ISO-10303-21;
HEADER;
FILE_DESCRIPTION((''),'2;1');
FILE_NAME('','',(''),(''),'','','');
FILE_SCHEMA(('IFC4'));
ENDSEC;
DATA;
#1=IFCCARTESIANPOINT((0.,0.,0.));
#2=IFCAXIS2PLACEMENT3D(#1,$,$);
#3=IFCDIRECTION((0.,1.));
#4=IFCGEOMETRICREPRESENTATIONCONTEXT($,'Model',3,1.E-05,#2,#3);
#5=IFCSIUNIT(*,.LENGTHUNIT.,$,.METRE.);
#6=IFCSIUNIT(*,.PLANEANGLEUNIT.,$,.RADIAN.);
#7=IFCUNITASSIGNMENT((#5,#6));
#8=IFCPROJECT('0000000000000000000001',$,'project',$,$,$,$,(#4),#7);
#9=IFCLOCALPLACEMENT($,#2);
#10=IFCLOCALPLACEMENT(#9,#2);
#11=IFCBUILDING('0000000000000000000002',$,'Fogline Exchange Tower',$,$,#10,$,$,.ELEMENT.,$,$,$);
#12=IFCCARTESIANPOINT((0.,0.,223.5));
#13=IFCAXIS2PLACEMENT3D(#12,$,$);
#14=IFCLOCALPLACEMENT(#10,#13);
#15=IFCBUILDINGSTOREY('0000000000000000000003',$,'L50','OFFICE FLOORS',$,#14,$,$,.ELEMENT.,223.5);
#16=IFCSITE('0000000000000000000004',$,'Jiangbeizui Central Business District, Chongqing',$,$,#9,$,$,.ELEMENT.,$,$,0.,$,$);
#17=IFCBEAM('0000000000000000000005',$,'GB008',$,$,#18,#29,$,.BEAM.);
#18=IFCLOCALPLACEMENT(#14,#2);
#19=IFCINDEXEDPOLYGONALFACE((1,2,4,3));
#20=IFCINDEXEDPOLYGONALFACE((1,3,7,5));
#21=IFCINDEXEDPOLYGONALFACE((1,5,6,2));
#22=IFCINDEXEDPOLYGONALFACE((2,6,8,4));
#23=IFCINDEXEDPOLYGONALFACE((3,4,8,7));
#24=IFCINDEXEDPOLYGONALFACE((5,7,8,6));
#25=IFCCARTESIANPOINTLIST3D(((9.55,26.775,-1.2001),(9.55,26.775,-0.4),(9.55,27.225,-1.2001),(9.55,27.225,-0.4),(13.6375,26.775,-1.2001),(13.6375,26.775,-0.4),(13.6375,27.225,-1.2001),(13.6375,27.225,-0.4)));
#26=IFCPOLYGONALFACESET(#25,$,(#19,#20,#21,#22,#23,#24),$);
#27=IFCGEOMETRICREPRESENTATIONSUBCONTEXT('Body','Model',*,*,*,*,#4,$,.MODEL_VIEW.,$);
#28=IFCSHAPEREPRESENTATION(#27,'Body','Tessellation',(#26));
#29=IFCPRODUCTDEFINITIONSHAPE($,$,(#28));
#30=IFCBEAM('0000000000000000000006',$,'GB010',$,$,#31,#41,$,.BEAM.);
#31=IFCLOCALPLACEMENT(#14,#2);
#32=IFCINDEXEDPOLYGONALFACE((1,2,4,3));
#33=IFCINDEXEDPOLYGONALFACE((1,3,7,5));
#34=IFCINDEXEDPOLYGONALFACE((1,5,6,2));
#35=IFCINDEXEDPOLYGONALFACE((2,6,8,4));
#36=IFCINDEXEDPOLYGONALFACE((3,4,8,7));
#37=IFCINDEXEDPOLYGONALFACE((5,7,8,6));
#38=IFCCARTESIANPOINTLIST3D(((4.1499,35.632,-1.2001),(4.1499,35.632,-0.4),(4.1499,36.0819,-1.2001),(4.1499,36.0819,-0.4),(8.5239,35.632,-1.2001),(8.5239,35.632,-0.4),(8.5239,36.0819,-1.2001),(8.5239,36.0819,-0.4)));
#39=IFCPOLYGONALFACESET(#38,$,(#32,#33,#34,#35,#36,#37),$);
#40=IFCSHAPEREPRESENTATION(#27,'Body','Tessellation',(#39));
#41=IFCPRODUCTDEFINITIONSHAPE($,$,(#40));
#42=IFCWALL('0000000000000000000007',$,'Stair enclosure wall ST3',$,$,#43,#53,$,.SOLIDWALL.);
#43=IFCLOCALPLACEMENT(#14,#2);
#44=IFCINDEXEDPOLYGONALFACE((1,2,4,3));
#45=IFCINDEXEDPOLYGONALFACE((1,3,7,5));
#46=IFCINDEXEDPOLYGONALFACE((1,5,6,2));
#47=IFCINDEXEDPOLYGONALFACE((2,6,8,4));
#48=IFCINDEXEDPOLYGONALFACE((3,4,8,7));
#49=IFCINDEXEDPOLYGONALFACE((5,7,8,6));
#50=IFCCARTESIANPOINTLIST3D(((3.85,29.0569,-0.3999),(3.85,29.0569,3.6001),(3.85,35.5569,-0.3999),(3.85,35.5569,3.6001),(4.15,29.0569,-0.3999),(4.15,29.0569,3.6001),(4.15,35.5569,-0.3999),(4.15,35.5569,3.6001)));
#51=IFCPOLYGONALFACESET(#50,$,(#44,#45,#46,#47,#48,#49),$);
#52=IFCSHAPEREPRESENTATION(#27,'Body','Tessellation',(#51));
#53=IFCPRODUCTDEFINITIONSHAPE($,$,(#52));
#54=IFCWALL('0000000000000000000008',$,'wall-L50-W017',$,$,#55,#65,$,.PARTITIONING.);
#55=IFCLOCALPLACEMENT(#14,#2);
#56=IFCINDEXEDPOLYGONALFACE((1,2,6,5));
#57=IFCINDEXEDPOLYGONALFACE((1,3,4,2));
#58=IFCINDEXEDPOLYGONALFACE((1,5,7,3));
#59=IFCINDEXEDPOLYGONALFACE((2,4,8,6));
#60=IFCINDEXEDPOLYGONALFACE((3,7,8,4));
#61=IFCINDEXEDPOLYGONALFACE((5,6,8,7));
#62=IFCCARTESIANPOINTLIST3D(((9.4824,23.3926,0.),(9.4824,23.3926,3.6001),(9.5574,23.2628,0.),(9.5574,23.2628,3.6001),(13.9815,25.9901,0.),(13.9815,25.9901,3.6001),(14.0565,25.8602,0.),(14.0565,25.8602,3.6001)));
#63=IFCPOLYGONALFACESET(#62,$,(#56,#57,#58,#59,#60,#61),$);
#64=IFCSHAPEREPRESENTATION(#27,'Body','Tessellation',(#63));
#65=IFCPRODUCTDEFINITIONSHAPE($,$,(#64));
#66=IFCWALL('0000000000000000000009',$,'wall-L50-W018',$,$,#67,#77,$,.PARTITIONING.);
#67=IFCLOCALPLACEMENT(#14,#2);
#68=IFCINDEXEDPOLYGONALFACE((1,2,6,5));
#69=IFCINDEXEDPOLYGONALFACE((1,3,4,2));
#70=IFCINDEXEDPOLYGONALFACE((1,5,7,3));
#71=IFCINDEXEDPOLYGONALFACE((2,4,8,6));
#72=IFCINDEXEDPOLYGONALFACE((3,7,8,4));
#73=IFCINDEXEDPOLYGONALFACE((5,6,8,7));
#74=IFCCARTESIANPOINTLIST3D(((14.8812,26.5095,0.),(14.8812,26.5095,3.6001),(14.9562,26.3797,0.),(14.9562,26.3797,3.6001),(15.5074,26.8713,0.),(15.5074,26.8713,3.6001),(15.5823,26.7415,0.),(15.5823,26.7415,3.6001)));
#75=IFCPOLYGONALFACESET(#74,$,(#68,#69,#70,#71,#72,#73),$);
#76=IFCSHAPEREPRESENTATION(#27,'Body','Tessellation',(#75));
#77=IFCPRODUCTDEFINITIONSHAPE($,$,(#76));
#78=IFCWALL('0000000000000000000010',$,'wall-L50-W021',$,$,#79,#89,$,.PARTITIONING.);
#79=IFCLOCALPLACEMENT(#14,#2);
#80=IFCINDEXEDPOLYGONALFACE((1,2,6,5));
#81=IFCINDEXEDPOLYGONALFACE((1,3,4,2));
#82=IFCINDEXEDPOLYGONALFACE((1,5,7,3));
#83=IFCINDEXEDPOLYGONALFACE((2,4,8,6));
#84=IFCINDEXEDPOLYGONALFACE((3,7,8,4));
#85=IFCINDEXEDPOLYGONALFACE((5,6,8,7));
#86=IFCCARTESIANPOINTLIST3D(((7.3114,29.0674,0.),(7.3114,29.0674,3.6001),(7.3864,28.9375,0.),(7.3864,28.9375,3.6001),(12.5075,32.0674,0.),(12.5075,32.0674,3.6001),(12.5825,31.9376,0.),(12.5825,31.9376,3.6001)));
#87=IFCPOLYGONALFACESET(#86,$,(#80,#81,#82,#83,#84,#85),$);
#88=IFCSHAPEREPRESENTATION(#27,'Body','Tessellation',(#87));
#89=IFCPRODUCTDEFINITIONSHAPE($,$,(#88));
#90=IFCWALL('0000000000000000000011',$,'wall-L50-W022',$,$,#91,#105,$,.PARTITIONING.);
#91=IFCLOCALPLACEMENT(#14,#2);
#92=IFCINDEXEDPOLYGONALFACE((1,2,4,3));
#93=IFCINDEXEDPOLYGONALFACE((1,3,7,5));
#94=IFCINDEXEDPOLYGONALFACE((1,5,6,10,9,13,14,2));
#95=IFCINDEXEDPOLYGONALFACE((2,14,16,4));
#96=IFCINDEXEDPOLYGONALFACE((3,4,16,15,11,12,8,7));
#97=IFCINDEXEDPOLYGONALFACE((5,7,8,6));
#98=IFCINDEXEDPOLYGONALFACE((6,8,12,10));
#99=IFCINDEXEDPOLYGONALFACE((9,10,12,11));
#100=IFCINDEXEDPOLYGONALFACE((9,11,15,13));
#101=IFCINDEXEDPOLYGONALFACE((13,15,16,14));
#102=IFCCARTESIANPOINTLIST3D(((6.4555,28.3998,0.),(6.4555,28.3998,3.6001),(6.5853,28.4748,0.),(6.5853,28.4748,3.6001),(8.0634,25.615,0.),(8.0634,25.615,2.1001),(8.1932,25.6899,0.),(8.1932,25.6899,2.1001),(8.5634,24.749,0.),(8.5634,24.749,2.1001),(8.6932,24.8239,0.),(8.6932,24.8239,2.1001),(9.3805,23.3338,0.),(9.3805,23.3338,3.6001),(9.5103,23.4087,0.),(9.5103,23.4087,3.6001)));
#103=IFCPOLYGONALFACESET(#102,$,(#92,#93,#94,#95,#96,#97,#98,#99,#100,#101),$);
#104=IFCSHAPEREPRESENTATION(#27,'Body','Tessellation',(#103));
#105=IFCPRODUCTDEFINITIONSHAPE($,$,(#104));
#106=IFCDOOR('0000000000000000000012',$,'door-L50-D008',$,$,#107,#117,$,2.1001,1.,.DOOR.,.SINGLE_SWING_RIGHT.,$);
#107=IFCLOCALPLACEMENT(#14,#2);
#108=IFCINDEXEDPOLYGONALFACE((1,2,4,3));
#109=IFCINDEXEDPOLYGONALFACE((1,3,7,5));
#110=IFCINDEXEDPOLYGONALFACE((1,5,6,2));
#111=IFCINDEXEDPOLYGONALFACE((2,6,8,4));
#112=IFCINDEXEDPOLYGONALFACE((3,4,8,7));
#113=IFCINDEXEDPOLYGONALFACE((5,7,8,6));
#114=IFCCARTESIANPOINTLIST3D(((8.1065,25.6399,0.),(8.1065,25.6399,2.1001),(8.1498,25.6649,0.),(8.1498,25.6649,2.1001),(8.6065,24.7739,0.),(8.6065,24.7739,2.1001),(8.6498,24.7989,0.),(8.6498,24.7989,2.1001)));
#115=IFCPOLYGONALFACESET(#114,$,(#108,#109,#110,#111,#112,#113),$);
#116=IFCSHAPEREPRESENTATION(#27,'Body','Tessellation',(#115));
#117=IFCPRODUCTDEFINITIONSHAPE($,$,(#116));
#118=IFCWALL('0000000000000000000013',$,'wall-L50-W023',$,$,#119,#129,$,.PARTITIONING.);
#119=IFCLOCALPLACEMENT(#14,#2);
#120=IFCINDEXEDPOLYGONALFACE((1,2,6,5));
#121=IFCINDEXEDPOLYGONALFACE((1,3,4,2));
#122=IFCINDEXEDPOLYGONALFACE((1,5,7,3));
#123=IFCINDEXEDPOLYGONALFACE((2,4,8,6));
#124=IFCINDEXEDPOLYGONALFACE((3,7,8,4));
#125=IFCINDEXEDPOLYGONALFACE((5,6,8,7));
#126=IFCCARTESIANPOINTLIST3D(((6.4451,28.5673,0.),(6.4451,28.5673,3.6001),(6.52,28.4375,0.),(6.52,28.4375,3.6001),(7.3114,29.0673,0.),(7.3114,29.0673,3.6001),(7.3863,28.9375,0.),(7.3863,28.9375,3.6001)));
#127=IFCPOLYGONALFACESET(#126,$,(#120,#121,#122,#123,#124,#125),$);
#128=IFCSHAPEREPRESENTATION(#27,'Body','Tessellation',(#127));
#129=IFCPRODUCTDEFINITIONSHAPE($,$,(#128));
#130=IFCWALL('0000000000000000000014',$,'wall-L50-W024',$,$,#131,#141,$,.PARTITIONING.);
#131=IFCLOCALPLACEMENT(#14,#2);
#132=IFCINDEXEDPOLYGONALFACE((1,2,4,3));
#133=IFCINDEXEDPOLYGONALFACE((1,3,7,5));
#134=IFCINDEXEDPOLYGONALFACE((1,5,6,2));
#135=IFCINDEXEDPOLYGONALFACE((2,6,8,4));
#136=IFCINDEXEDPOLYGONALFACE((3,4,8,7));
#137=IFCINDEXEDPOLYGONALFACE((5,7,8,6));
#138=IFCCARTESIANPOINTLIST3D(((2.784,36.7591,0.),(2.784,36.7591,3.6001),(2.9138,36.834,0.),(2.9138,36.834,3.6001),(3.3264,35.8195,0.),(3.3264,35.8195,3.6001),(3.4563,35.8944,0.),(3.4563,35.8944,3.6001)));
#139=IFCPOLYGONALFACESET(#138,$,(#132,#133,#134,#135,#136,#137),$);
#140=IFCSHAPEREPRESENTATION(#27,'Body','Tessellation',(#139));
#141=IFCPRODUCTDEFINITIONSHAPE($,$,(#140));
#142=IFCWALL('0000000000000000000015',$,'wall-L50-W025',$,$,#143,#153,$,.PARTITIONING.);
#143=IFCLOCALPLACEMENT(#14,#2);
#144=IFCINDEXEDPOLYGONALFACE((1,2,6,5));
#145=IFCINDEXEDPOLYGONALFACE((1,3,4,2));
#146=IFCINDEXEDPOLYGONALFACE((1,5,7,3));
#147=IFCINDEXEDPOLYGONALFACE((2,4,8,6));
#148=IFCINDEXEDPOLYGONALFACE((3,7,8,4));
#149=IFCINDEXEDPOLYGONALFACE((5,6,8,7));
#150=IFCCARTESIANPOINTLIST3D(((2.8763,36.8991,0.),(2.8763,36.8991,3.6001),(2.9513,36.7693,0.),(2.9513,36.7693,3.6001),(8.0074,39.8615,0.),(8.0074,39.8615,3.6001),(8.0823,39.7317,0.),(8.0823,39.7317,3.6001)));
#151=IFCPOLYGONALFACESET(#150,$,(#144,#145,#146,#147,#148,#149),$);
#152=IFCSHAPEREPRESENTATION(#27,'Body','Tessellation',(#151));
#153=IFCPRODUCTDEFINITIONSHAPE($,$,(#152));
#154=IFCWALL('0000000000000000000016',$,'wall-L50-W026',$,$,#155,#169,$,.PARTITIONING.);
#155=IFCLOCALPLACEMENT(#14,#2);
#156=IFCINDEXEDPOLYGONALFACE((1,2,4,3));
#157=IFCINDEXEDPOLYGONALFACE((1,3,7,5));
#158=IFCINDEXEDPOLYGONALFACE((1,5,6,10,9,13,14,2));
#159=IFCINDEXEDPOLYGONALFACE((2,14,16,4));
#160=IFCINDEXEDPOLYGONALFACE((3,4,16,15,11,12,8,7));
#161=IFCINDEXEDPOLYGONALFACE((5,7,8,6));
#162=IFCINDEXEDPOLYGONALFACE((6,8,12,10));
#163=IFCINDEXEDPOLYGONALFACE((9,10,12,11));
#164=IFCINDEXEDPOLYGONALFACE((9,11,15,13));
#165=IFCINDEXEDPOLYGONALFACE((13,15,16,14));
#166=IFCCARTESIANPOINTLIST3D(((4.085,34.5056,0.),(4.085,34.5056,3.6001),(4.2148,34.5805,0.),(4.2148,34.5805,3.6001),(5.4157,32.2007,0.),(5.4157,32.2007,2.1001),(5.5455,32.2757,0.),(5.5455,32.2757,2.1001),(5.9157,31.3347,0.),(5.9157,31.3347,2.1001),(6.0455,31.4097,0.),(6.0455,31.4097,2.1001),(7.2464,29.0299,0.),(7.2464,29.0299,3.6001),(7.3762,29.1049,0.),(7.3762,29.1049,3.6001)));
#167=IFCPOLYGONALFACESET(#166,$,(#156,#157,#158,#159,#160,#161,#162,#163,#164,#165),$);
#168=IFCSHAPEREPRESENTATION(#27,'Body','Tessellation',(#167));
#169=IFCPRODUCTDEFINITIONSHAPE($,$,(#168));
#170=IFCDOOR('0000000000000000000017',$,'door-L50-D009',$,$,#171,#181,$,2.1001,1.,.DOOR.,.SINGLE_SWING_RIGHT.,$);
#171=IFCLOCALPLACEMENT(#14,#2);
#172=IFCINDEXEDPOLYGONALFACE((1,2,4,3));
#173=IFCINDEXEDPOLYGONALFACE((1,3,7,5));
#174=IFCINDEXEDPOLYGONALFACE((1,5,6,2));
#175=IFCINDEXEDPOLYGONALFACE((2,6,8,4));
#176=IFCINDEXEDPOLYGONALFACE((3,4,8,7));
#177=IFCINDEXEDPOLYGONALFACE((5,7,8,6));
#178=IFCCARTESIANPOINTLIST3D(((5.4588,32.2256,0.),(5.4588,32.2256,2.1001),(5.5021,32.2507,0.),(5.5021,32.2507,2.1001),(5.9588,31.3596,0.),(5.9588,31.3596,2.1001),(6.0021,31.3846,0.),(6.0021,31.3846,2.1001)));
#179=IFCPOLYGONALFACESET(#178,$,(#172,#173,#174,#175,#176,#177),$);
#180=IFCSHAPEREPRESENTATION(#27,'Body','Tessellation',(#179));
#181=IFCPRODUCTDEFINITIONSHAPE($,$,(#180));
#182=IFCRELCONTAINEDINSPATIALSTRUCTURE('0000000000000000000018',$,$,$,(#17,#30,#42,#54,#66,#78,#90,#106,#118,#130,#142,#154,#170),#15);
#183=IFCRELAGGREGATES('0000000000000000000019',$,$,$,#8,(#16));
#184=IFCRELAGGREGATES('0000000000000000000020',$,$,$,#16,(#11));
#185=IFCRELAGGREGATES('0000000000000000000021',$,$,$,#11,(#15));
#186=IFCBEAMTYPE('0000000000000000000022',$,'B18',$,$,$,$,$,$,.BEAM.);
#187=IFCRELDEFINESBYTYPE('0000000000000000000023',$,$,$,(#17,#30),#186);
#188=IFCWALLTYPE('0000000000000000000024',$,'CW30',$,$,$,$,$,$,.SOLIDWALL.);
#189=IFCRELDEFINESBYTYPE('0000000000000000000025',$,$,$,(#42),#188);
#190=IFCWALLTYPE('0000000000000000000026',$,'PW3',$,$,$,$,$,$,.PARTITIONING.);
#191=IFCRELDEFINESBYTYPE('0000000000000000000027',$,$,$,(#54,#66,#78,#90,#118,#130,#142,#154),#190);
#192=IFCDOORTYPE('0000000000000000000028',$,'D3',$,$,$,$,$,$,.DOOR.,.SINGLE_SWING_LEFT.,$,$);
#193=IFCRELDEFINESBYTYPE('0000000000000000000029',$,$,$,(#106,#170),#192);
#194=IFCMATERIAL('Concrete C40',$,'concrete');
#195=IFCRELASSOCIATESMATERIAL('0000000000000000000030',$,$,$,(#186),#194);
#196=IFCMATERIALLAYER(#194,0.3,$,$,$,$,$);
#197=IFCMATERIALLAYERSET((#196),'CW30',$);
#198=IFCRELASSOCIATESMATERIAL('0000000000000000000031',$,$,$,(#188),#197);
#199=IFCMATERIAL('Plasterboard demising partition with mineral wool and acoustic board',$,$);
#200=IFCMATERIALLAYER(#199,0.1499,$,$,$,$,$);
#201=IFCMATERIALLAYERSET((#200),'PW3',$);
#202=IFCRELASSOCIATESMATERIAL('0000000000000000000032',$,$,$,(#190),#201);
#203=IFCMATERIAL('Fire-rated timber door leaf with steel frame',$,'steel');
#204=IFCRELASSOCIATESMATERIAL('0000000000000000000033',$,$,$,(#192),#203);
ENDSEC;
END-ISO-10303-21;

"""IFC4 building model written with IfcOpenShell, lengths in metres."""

from ifc_helpers import new_model, si_unit, direction, frame, frame_2d, origin, origin_2d, place, context, subcontext, project, spatial, rectangle, extrude, material, layer, layer_set, material_profile, profile_set, type_object, element, fill, save


model = new_model("IFC4")

# Units and contexts
model_context = context("Model", 3, precision=1e-05, world=origin(), true_north=direction((0.0, 1.0)))
body_context = subcontext(model_context, "Body", "Model", "MODEL_VIEW")
ifc_project = project(units=[si_unit("LENGTHUNIT", "METRE"), si_unit("PLANEANGLEUNIT", "RADIAN")], contexts=[model_context])

# Site, building, storey
site_placement = place(None, origin())
site = spatial("IfcSite", under=ifc_project, at=site_placement, Name="Jiangbeizui Central Business District, Chongqing", CompositionType="ELEMENT", RefElevation=0.0)
building_placement = place(site_placement, origin())
building = spatial("IfcBuilding", under=site, at=building_placement, Name="Fogline Exchange Tower", CompositionType="ELEMENT")
storey_placement = place(building_placement, frame((0.0, 0.0, 223.5)))
storey = spatial("IfcBuildingStorey", under=building, at=storey_placement, Name="L50", Description="OFFICE FLOORS", CompositionType="ELEMENT", Elevation=223.5)

# Beams
ifc_material_1 = material(Name="Concrete C40", Category="concrete")
ifc_material_profile_1 = material_profile(ifc_material_1, rectangle(XDim=0.45, YDim=0.8, at=origin_2d()), Name="RC 450x800")
ifc_profile_set_1 = profile_set([ifc_material_profile_1], Name="Concrete C40")
beam_type_1 = type_object("IfcBeamType", Name="B18", PredefinedType="BEAM", material=ifc_profile_set_1)
beam_1_placement = place(storey_placement, frame((9.55, 27.0, -0.8), z_axis=(1.0, 0.0, 0.0), x_axis=(0.0, 1.0, 0.0)))
element("IfcBeam", 1, at=beam_1_placement, inside=storey, type_object=beam_type_1, Name="GB008", PredefinedType="BEAM", context=body_context, shape_type="SweptSolid", body=[
    extrude(rectangle(XDim=0.45, YDim=0.8, at=origin_2d()), origin(), (0.0, 0.0, 1.0), 4.0874),
])
beam_2_placement = place(storey_placement, frame((4.1499, 35.8569, -0.8), z_axis=(1.0, 0.0, 0.0), x_axis=(0.0, 1.0, 0.0)))
element("IfcBeam", 2, at=beam_2_placement, inside=storey, type_object=beam_type_1, Name="GB010", PredefinedType="BEAM", context=body_context, shape_type="SweptSolid", body=[
    extrude(rectangle(XDim=0.45, YDim=0.8, at=origin_2d()), origin(), (0.0, 0.0, 1.0), 4.374),
])

# Wall
ifc_layer_1 = layer(ifc_material_1, 0.3)
ifc_layer_set_1 = layer_set([ifc_layer_1], Name="CW30")
wall_type_1 = type_object("IfcWallType", Name="CW30", PredefinedType="SOLIDWALL", material=ifc_layer_set_1)
wall_1_placement = place(storey_placement, frame((4.0, 29.0569, -0.3999), z_axis=(0.0, 0.0, 1.0), x_axis=(0.0, 1.0, 0.0)))
element("IfcWall", 3, at=wall_1_placement, inside=storey, type_object=wall_type_1, Name="Stair enclosure wall ST3", PredefinedType="SOLIDWALL", context=body_context, shape_type="SweptSolid", body=[
    extrude(rectangle(XDim=6.5, YDim=0.3, at=frame_2d((3.25, 0.0))), origin(), (0.0, 0.0, 1.0), 4.0),
])

# Walls
ifc_material_2 = material(Name="Plasterboard demising partition with mineral wool and acoustic board")
ifc_layer_2 = layer(ifc_material_2, 0.1499)
ifc_layer_set_2 = layer_set([ifc_layer_2], Name="PW3")
wall_type_2 = type_object("IfcWallType", Name="PW3", PredefinedType="PARTITIONING", material=ifc_layer_set_2)
wall_2_placement = place(storey_placement, frame((9.5198, 23.3276, 0.0), z_axis=(0.0, 0.0, 1.0), x_axis=(0.866034, 0.499986, 0.0)))
element("IfcWall", 4, at=wall_2_placement, inside=storey, type_object=wall_type_2, Name="wall-L50-W017", PredefinedType="PARTITIONING", context=body_context, shape_type="SweptSolid", body=[
    extrude(rectangle(XDim=5.1951, YDim=0.1499, at=frame_2d((2.5977, 0.0))), origin(), (0.0, 0.0, 1.0), 3.6001),
])
wall_3_placement = place(storey_placement, frame((14.9187, 26.4446, 0.0), z_axis=(0.0, 0.0, 1.0), x_axis=(0.865865, 0.500278, 0.0)))
element("IfcWall", 5, at=wall_3_placement, inside=storey, type_object=wall_type_2, Name="wall-L50-W018", PredefinedType="PARTITIONING", context=body_context, shape_type="SweptSolid", body=[
    extrude(rectangle(XDim=0.7231, YDim=0.1499, at=frame_2d((0.3616, 0.0))), origin(), (0.0, 0.0, 1.0), 3.6001),
])
wall_4_placement = place(storey_placement, frame((7.3489, 29.0024, 0.0), z_axis=(0.0, 0.0, 1.0), x_axis=(0.866021, 0.500008, 0.0)))
element("IfcWall", 6, at=wall_4_placement, inside=storey, type_object=wall_type_2, Name="wall-L50-W021", PredefinedType="PARTITIONING", context=body_context, shape_type="SweptSolid", body=[
    extrude(rectangle(XDim=6.0, YDim=0.1499, at=frame_2d((3.0, 0.0))), origin(), (0.0, 0.0, 1.0), 3.6001),
])

# Wall, opening, door
wall_5_placement = place(storey_placement, frame((9.4453, 23.3713, 0.0), z_axis=(0.0, 0.0, 1.0), x_axis=(-0.500013, 0.866018, 0.0)))
wall_5 = element("IfcWall", 7, at=wall_5_placement, inside=storey, type_object=wall_type_2, Name="wall-L50-W022", PredefinedType="PARTITIONING", context=body_context, shape_type="SweptSolid", body=[
    extrude(rectangle(XDim=5.8499, YDim=0.1499, at=frame_2d((2.9248, 0.0))), origin(), (0.0, 0.0, 1.0), 3.6001),
])
opening_1_placement = place(wall_5_placement, frame((1.634, 0.0, 0.0)))
opening_1 = element("IfcOpeningElement", 8, at=opening_1_placement, cuts=wall_5, PredefinedType="OPENING", context=body_context, shape_type="SweptSolid", body=[
    extrude(rectangle(XDim=1.0, YDim=2.1001, at=frame_2d((0.5, 1.05))), frame((0.0, 0.085, 0.0), z_axis=(0.0, -1.0, 0.0), x_axis=(1.0, 0.0, 0.0)), (0.0, 0.0, 1.0), 0.1699),
])
ifc_material_3 = material(Name="Fire-rated timber door leaf with steel frame", Category="steel")
door_type_1 = type_object("IfcDoorType", Name="D3", OperationType="SINGLE_SWING_LEFT", PredefinedType="DOOR", material=ifc_material_3)
door_1_placement = place(opening_1_placement, frame((1.0, 0.0, 0.0), z_axis=(0.0, 0.0, 1.0), x_axis=(-1.0, 0.0, 0.0)))
door_1 = element("IfcDoor", 9, at=door_1_placement, inside=storey, type_object=door_type_1, Name="door-L50-D008", OperationType="SINGLE_SWING_RIGHT", OverallHeight=2.1001, OverallWidth=1.0, PredefinedType="DOOR", context=body_context, shape_type="SweptSolid", body=[
    extrude(rectangle(XDim=1.0, YDim=2.1001, at=frame_2d((0.5, 1.05))), frame((0.0, 0.0249, 0.0), z_axis=(0.0, -1.0, 0.0), x_axis=(1.0, 0.0, 0.0)), (0.0, 0.0, 1.0), 0.05),
])
fill(opening_1, door_1)

# Walls
wall_6_placement = place(storey_placement, frame((6.4827, 28.5024, 0.0), z_axis=(0.0, 0.0, 1.0), x_axis=(0.866072, 0.49992, 0.0)))
element("IfcWall", 10, at=wall_6_placement, inside=storey, type_object=wall_type_2, Name="wall-L50-W023", PredefinedType="PARTITIONING", context=body_context, shape_type="SweptSolid", body=[
    extrude(rectangle(XDim=1.0002, YDim=0.1499, at=frame_2d((0.5, 0.0))), origin(), (0.0, 0.0, 1.0), 3.6001),
])
wall_7_placement = place(storey_placement, frame((3.3914, 35.8569, 0.0), z_axis=(0.0, 0.0, 1.0), x_axis=(-0.499963, 0.866047, 0.0)))
element("IfcWall", 11, at=wall_7_placement, inside=storey, type_object=wall_type_2, Name="wall-L50-W024", PredefinedType="PARTITIONING", context=body_context, shape_type="SweptSolid", body=[
    extrude(rectangle(XDim=1.085, YDim=0.1499, at=frame_2d((0.5425, 0.0))), origin(), (0.0, 0.0, 1.0), 3.6001),
])
wall_8_placement = place(storey_placement, frame((2.9138, 36.8342, 0.0), z_axis=(0.0, 0.0, 1.0), x_axis=(0.866028, 0.499995, 0.0)))
element("IfcWall", 12, at=wall_8_placement, inside=storey, type_object=wall_type_2, Name="wall-L50-W025", PredefinedType="PARTITIONING", context=body_context, shape_type="SweptSolid", body=[
    extrude(rectangle(XDim=5.9248, YDim=0.1499, at=frame_2d((2.9624, 0.0))), origin(), (0.0, 0.0, 1.0), 3.6001),
])

# Wall, opening, door
wall_9_placement = place(storey_placement, frame((7.3113, 29.0674, 0.0), z_axis=(0.0, 0.0, 1.0), x_axis=(-0.500005, 0.866022, 0.0)))
wall_9 = element("IfcWall", 13, at=wall_9_placement, inside=storey, type_object=wall_type_2, Name="wall-L50-W026", PredefinedType="PARTITIONING", context=body_context, shape_type="SweptSolid", body=[
    extrude(rectangle(XDim=6.3228, YDim=0.1499, at=frame_2d((3.1614, 0.0))), origin(), (0.0, 0.0, 1.0), 3.6001),
])
opening_2_placement = place(wall_9_placement, frame((2.6614, 0.0, 0.0)))
opening_2 = element("IfcOpeningElement", 14, at=opening_2_placement, cuts=wall_9, PredefinedType="OPENING", context=body_context, shape_type="SweptSolid", body=[
    extrude(rectangle(XDim=1.0, YDim=2.1001, at=frame_2d((0.5, 1.05))), frame((0.0, 0.085, 0.0), z_axis=(0.0, -1.0, 0.0), x_axis=(1.0, 0.0, 0.0)), (0.0, 0.0, 1.0), 0.1699),
])
door_2_placement = place(opening_2_placement, frame((1.0, 0.0, 0.0), z_axis=(0.0, 0.0, 1.0), x_axis=(-1.0, 0.0, 0.0)))
door_2 = element("IfcDoor", 15, at=door_2_placement, inside=storey, type_object=door_type_1, Name="door-L50-D009", OperationType="SINGLE_SWING_RIGHT", OverallHeight=2.1001, OverallWidth=1.0, PredefinedType="DOOR", context=body_context, shape_type="SweptSolid", body=[
    extrude(rectangle(XDim=1.0, YDim=2.1001, at=frame_2d((0.5, 1.05))), frame((0.0, 0.0249, 0.0), z_axis=(0.0, -1.0, 0.0), x_axis=(1.0, 0.0, 0.0)), (0.0, 0.0, 1.0), 0.05),
])
fill(opening_2, door_2)

save(model, "model.ifc")
